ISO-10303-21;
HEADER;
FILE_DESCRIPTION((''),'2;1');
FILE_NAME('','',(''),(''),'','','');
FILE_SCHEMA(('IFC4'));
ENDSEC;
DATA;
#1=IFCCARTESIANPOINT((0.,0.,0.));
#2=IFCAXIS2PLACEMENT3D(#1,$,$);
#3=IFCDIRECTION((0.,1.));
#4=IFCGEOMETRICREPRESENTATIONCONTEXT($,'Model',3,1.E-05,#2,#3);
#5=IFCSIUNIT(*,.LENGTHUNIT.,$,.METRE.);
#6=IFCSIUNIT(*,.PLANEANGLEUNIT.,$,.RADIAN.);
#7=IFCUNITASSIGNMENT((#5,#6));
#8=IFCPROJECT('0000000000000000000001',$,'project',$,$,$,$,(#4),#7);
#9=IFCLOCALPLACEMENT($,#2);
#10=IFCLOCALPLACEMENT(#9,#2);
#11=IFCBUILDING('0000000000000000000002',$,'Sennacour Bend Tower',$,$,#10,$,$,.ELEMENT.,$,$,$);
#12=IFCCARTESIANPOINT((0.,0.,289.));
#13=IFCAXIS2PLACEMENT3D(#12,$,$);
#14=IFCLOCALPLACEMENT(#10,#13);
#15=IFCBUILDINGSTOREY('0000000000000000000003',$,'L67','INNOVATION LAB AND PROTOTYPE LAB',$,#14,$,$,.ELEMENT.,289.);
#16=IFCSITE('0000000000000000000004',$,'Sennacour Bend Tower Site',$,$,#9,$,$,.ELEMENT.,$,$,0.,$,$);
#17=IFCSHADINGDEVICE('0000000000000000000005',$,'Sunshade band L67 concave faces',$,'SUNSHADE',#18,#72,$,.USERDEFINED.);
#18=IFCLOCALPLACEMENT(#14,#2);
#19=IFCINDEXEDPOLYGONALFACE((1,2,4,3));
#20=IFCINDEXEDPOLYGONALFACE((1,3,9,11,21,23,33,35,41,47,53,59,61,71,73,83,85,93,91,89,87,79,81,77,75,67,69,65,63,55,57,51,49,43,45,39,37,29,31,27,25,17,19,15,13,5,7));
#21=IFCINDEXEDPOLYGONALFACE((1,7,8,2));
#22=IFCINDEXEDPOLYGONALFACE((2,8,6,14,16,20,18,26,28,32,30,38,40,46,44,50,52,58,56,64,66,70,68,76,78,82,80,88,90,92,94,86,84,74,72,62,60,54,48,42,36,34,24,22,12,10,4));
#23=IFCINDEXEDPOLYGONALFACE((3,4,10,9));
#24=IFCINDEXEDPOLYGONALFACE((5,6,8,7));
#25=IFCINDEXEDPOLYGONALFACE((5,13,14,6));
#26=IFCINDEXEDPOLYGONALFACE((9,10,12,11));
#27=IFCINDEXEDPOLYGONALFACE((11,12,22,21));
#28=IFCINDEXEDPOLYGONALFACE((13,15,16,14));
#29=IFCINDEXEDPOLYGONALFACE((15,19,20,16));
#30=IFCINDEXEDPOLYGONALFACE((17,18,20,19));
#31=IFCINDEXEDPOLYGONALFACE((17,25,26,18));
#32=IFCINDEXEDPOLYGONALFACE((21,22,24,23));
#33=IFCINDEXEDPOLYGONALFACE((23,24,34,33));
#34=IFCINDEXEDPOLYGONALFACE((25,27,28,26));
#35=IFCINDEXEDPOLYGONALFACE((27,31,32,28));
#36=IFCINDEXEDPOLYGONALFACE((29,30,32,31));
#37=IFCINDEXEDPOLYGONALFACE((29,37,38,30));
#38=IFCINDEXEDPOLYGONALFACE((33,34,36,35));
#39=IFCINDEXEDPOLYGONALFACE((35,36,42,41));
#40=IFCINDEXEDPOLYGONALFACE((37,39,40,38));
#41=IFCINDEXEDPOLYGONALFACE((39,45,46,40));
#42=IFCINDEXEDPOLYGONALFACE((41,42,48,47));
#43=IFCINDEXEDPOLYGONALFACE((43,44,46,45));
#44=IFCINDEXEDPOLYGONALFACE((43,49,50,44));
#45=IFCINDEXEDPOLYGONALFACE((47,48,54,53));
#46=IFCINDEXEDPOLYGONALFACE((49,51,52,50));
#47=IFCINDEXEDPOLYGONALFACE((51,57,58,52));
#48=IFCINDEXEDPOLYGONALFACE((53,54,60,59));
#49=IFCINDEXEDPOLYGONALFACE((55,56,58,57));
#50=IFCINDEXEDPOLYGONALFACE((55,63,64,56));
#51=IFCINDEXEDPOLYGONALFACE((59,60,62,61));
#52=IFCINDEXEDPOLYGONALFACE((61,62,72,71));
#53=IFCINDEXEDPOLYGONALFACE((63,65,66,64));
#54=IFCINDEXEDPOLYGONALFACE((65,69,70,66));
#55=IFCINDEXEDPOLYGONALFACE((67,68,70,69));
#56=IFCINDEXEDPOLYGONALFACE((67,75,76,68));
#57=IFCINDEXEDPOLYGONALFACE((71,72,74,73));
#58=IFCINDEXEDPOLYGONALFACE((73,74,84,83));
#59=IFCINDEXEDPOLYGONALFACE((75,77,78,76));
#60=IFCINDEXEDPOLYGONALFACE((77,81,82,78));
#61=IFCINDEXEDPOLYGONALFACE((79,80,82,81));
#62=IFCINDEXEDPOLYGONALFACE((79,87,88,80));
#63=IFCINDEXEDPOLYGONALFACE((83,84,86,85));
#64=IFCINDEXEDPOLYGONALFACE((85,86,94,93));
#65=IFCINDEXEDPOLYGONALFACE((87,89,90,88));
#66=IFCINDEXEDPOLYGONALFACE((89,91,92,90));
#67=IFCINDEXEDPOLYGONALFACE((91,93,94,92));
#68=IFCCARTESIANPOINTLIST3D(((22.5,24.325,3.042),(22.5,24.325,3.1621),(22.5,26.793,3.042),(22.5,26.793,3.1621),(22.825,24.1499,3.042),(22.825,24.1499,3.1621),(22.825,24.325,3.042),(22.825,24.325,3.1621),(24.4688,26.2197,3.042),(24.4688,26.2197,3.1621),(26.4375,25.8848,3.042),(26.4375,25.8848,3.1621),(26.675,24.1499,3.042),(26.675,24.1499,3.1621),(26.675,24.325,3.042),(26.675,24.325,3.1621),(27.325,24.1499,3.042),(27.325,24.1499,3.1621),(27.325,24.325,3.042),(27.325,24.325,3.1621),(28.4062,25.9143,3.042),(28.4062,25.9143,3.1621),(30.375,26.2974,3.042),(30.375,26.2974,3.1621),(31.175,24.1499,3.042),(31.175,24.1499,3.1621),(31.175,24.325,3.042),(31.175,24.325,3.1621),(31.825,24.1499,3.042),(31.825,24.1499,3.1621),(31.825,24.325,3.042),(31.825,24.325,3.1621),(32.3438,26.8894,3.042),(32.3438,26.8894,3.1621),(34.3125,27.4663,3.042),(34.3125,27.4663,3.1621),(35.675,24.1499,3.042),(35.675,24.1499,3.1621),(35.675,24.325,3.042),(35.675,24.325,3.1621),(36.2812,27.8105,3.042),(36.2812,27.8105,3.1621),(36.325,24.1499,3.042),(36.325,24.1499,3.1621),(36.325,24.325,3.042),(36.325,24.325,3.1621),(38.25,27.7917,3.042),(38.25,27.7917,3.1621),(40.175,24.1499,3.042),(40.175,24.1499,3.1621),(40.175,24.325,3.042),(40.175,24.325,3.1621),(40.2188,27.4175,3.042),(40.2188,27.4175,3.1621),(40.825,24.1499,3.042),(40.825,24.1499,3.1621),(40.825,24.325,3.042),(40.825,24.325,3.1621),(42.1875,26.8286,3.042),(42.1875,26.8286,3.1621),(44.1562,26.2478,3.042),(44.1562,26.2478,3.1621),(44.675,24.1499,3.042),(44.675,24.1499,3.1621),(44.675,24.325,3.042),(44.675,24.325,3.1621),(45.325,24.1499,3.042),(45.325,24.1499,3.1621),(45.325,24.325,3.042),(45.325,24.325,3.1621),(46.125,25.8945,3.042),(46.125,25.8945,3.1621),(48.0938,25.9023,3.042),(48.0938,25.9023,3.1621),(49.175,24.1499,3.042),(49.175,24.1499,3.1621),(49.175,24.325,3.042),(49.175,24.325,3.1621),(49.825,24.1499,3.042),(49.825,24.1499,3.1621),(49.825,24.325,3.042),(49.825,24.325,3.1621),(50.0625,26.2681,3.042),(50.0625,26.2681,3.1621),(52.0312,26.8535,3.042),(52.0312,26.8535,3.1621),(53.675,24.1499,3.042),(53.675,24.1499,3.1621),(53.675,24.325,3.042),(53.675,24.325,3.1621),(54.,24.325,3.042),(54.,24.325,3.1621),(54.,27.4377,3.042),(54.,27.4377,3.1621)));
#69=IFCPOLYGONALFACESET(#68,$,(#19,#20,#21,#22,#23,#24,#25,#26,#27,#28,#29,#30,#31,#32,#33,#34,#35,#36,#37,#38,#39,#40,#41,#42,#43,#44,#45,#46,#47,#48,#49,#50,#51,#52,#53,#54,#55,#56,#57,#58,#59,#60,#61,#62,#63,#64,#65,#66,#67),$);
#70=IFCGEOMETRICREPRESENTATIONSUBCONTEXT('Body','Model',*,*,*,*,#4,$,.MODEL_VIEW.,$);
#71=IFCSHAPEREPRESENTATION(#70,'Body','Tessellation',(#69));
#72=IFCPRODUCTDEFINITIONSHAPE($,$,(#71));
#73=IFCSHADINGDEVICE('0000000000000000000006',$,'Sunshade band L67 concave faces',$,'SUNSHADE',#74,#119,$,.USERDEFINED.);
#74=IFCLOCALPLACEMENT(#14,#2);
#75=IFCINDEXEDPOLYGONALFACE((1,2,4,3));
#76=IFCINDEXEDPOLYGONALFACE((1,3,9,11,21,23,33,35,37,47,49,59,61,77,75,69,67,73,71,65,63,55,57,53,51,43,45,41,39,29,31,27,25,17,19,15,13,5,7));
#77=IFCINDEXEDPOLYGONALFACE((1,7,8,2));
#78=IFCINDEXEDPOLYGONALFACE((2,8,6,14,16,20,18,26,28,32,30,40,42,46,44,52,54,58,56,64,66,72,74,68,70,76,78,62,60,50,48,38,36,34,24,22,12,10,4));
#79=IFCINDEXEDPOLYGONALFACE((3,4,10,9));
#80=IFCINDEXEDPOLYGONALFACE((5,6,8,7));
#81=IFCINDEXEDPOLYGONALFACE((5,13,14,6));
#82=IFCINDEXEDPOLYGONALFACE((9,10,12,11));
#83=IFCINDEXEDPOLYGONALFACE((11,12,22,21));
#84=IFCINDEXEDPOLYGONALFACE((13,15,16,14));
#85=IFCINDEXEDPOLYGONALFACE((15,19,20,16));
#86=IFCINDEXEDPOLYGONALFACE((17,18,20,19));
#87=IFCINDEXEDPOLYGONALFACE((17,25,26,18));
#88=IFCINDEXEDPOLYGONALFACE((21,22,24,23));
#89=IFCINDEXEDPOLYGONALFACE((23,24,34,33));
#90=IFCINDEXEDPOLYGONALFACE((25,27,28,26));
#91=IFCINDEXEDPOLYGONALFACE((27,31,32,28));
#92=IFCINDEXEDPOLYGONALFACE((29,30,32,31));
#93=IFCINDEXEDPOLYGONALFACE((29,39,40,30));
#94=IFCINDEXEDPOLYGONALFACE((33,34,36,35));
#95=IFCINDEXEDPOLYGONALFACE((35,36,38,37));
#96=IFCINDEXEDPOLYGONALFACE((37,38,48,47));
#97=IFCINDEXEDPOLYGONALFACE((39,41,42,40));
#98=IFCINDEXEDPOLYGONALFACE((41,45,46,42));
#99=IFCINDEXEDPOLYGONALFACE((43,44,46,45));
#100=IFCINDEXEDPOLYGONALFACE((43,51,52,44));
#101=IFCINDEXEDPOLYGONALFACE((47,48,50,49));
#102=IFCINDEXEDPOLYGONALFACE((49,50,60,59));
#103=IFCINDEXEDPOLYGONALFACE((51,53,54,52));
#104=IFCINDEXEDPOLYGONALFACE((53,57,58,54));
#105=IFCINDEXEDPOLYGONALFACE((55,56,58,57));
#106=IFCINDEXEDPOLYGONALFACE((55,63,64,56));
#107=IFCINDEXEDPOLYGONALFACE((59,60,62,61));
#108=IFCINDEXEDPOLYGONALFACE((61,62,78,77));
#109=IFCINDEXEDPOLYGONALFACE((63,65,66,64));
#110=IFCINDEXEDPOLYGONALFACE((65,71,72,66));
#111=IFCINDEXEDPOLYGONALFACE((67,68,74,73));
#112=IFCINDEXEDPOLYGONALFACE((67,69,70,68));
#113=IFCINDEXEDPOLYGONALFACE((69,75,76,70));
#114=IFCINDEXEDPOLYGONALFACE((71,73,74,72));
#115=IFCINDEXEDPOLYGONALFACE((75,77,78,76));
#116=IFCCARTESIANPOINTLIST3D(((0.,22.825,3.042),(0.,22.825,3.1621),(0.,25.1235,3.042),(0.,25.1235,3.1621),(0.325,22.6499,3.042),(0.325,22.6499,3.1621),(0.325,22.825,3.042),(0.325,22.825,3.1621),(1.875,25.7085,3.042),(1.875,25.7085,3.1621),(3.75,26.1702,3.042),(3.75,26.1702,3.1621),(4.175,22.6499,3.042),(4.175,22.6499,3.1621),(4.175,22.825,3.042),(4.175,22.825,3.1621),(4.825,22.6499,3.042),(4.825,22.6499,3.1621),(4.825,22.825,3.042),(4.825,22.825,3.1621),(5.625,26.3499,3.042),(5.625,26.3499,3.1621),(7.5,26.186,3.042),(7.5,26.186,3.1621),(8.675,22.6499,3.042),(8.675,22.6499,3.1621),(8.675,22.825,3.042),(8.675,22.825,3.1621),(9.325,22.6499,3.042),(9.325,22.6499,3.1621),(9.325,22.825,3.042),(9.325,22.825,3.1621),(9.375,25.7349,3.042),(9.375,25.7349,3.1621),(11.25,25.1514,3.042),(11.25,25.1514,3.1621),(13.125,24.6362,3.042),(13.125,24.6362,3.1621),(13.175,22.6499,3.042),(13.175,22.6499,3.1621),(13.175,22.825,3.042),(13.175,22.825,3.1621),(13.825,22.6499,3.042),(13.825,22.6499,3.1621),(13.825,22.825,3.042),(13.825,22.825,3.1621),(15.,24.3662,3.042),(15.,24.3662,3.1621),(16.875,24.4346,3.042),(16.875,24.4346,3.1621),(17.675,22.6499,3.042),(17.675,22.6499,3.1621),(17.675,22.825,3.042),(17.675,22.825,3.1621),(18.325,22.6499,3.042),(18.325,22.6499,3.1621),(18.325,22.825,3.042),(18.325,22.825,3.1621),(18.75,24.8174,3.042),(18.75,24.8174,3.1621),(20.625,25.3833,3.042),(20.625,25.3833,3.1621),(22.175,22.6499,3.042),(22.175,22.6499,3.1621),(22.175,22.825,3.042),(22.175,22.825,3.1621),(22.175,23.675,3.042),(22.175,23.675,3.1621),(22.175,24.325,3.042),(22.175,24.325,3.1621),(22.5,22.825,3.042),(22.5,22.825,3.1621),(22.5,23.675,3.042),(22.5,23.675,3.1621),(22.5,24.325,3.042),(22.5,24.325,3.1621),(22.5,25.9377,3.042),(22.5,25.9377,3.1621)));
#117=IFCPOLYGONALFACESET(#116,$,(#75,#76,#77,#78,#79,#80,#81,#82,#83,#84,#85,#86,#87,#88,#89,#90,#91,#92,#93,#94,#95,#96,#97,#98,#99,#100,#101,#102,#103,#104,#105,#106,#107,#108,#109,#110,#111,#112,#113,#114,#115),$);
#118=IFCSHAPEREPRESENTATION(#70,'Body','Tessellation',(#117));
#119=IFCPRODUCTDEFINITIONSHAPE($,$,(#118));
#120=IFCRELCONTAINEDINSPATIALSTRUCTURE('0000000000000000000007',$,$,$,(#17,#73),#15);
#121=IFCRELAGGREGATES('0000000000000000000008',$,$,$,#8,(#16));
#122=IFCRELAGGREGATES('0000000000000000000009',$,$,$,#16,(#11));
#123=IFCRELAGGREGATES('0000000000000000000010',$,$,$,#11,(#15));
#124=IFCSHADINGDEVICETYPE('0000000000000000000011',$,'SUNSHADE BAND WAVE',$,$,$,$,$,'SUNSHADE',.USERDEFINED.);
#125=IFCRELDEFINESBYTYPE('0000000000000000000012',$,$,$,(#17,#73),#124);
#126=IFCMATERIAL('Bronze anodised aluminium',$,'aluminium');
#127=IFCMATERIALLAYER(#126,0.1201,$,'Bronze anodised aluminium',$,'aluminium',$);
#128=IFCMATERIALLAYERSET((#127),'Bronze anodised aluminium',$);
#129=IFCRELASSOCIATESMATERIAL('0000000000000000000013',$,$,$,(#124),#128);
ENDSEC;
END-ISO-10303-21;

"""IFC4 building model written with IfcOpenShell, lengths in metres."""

from ifc_helpers import new_model, si_unit, direction, frame, origin, place, context, subcontext, project, spatial, polyline, outline, extrude, material, layer, layer_set, type_object, element, save


model = new_model("IFC4")

# Units and contexts
model_context = context("Model", 3, precision=1e-05, world=origin(), true_north=direction((0.0, 1.0)))
body_context = subcontext(model_context, "Body", "Model", "MODEL_VIEW")
ifc_project = project(units=[si_unit("LENGTHUNIT", "METRE"), si_unit("PLANEANGLEUNIT", "RADIAN")], contexts=[model_context])

# Site, building, storey
site_placement = place(None, origin())
site = spatial("IfcSite", under=ifc_project, at=site_placement, Name="Sennacour Bend Tower Site", CompositionType="ELEMENT", RefElevation=0.0)
building_placement = place(site_placement, origin())
building = spatial("IfcBuilding", under=site, at=building_placement, Name="Sennacour Bend Tower", CompositionType="ELEMENT")
storey_placement = place(building_placement, frame((0.0, 0.0, 289.0)))
storey = spatial("IfcBuildingStorey", under=building, at=storey_placement, Name="L67", Description="INNOVATION LAB AND PROTOTYPE LAB", CompositionType="ELEMENT", Elevation=289.0)

# Shading devices
ifc_material_1 = material(Name="Bronze anodised aluminium", Category="aluminium")
ifc_layer_1 = layer(ifc_material_1, 0.1201, Name="Bronze anodised aluminium", Category="aluminium")
ifc_layer_set_1 = layer_set([ifc_layer_1], Name="Bronze anodised aluminium")
shading_device_type_1 = type_object("IfcShadingDeviceType", Name="SUNSHADE BAND WAVE", ElementType="SUNSHADE", PredefinedType="USERDEFINED", material=ifc_layer_set_1)
shading_device_1_placement = place(storey_placement, frame((0.0, 0.0, 3.042)))
element("IfcShadingDevice", 1, at=shading_device_1_placement, inside=storey, type_object=shading_device_type_1, Name="Sunshade band L67 concave faces", ObjectType="SUNSHADE", PredefinedType="USERDEFINED", context=body_context, shape_type="SweptSolid", body=[
    extrude(outline(polyline([(53.675, 24.1499), (49.825, 24.1499), (49.825, 24.325), (49.175, 24.325), (49.175, 24.1499), (45.325, 24.1499), (45.325, 24.325), (44.675, 24.325), (44.675, 24.1499), (40.825, 24.1499), (40.825, 24.325), (40.175, 24.325), (40.175, 24.1499), (36.325, 24.1499), (36.325, 24.325), (35.675, 24.325), (35.675, 24.1499), (31.825, 24.1499), (31.825, 24.325), (31.175, 24.325), (31.175, 24.1499), (27.325, 24.1499), (27.325, 24.325), (26.675, 24.325), (26.675, 24.1499), (22.825, 24.1499), (22.825, 24.325), (22.5, 24.325), (22.5, 26.793), (24.4688, 26.2197), (26.4375, 25.8848), (28.4062, 25.9143), (30.375, 26.2974), (32.3438, 26.8894), (34.3125, 27.4663), (36.2812, 27.8105), (38.25, 27.7917), (40.2188, 27.4175), (42.1875, 26.8286), (44.1562, 26.2478), (46.125, 25.8945), (48.0938, 25.9023), (50.0625, 26.2681), (52.0312, 26.8535), (54.0, 27.4377), (54.0, 24.325), (53.675, 24.325), (53.675, 24.1499)])), origin(), (0.0, 0.0, 1.0), 0.1201),
])
shading_device_2_placement = place(storey_placement, frame((0.0, 0.0, 3.042)))
element("IfcShadingDevice", 2, at=shading_device_2_placement, inside=storey, type_object=shading_device_type_1, Name="Sunshade band L67 concave faces", ObjectType="SUNSHADE", PredefinedType="USERDEFINED", context=body_context, shape_type="SweptSolid", body=[
    extrude(outline(polyline([(22.175, 22.6499), (18.325, 22.6499), (18.325, 22.825), (17.675, 22.825), (17.675, 22.6499), (13.825, 22.6499), (13.825, 22.825), (13.175, 22.825), (13.175, 22.6499), (9.325, 22.6499), (9.325, 22.825), (8.675, 22.825), (8.675, 22.6499), (4.825, 22.6499), (4.825, 22.825), (4.175, 22.825), (4.175, 22.6499), (0.325, 22.6499), (0.325, 22.825), (0.0, 22.825), (0.0, 25.1235), (1.875, 25.7085), (3.75, 26.1702), (5.625, 26.3499), (7.5, 26.186), (9.375, 25.7349), (11.25, 25.1514), (13.125, 24.6362), (15.0, 24.3662), (16.875, 24.4346), (18.75, 24.8174), (20.625, 25.3833), (22.5, 25.9377), (22.5, 24.325), (22.175, 24.325), (22.175, 23.675), (22.5, 23.675), (22.5, 22.825), (22.175, 22.825), (22.175, 22.6499)])), origin(), (0.0, 0.0, 1.0), 0.1201),
])

save(model, "model.ifc")
